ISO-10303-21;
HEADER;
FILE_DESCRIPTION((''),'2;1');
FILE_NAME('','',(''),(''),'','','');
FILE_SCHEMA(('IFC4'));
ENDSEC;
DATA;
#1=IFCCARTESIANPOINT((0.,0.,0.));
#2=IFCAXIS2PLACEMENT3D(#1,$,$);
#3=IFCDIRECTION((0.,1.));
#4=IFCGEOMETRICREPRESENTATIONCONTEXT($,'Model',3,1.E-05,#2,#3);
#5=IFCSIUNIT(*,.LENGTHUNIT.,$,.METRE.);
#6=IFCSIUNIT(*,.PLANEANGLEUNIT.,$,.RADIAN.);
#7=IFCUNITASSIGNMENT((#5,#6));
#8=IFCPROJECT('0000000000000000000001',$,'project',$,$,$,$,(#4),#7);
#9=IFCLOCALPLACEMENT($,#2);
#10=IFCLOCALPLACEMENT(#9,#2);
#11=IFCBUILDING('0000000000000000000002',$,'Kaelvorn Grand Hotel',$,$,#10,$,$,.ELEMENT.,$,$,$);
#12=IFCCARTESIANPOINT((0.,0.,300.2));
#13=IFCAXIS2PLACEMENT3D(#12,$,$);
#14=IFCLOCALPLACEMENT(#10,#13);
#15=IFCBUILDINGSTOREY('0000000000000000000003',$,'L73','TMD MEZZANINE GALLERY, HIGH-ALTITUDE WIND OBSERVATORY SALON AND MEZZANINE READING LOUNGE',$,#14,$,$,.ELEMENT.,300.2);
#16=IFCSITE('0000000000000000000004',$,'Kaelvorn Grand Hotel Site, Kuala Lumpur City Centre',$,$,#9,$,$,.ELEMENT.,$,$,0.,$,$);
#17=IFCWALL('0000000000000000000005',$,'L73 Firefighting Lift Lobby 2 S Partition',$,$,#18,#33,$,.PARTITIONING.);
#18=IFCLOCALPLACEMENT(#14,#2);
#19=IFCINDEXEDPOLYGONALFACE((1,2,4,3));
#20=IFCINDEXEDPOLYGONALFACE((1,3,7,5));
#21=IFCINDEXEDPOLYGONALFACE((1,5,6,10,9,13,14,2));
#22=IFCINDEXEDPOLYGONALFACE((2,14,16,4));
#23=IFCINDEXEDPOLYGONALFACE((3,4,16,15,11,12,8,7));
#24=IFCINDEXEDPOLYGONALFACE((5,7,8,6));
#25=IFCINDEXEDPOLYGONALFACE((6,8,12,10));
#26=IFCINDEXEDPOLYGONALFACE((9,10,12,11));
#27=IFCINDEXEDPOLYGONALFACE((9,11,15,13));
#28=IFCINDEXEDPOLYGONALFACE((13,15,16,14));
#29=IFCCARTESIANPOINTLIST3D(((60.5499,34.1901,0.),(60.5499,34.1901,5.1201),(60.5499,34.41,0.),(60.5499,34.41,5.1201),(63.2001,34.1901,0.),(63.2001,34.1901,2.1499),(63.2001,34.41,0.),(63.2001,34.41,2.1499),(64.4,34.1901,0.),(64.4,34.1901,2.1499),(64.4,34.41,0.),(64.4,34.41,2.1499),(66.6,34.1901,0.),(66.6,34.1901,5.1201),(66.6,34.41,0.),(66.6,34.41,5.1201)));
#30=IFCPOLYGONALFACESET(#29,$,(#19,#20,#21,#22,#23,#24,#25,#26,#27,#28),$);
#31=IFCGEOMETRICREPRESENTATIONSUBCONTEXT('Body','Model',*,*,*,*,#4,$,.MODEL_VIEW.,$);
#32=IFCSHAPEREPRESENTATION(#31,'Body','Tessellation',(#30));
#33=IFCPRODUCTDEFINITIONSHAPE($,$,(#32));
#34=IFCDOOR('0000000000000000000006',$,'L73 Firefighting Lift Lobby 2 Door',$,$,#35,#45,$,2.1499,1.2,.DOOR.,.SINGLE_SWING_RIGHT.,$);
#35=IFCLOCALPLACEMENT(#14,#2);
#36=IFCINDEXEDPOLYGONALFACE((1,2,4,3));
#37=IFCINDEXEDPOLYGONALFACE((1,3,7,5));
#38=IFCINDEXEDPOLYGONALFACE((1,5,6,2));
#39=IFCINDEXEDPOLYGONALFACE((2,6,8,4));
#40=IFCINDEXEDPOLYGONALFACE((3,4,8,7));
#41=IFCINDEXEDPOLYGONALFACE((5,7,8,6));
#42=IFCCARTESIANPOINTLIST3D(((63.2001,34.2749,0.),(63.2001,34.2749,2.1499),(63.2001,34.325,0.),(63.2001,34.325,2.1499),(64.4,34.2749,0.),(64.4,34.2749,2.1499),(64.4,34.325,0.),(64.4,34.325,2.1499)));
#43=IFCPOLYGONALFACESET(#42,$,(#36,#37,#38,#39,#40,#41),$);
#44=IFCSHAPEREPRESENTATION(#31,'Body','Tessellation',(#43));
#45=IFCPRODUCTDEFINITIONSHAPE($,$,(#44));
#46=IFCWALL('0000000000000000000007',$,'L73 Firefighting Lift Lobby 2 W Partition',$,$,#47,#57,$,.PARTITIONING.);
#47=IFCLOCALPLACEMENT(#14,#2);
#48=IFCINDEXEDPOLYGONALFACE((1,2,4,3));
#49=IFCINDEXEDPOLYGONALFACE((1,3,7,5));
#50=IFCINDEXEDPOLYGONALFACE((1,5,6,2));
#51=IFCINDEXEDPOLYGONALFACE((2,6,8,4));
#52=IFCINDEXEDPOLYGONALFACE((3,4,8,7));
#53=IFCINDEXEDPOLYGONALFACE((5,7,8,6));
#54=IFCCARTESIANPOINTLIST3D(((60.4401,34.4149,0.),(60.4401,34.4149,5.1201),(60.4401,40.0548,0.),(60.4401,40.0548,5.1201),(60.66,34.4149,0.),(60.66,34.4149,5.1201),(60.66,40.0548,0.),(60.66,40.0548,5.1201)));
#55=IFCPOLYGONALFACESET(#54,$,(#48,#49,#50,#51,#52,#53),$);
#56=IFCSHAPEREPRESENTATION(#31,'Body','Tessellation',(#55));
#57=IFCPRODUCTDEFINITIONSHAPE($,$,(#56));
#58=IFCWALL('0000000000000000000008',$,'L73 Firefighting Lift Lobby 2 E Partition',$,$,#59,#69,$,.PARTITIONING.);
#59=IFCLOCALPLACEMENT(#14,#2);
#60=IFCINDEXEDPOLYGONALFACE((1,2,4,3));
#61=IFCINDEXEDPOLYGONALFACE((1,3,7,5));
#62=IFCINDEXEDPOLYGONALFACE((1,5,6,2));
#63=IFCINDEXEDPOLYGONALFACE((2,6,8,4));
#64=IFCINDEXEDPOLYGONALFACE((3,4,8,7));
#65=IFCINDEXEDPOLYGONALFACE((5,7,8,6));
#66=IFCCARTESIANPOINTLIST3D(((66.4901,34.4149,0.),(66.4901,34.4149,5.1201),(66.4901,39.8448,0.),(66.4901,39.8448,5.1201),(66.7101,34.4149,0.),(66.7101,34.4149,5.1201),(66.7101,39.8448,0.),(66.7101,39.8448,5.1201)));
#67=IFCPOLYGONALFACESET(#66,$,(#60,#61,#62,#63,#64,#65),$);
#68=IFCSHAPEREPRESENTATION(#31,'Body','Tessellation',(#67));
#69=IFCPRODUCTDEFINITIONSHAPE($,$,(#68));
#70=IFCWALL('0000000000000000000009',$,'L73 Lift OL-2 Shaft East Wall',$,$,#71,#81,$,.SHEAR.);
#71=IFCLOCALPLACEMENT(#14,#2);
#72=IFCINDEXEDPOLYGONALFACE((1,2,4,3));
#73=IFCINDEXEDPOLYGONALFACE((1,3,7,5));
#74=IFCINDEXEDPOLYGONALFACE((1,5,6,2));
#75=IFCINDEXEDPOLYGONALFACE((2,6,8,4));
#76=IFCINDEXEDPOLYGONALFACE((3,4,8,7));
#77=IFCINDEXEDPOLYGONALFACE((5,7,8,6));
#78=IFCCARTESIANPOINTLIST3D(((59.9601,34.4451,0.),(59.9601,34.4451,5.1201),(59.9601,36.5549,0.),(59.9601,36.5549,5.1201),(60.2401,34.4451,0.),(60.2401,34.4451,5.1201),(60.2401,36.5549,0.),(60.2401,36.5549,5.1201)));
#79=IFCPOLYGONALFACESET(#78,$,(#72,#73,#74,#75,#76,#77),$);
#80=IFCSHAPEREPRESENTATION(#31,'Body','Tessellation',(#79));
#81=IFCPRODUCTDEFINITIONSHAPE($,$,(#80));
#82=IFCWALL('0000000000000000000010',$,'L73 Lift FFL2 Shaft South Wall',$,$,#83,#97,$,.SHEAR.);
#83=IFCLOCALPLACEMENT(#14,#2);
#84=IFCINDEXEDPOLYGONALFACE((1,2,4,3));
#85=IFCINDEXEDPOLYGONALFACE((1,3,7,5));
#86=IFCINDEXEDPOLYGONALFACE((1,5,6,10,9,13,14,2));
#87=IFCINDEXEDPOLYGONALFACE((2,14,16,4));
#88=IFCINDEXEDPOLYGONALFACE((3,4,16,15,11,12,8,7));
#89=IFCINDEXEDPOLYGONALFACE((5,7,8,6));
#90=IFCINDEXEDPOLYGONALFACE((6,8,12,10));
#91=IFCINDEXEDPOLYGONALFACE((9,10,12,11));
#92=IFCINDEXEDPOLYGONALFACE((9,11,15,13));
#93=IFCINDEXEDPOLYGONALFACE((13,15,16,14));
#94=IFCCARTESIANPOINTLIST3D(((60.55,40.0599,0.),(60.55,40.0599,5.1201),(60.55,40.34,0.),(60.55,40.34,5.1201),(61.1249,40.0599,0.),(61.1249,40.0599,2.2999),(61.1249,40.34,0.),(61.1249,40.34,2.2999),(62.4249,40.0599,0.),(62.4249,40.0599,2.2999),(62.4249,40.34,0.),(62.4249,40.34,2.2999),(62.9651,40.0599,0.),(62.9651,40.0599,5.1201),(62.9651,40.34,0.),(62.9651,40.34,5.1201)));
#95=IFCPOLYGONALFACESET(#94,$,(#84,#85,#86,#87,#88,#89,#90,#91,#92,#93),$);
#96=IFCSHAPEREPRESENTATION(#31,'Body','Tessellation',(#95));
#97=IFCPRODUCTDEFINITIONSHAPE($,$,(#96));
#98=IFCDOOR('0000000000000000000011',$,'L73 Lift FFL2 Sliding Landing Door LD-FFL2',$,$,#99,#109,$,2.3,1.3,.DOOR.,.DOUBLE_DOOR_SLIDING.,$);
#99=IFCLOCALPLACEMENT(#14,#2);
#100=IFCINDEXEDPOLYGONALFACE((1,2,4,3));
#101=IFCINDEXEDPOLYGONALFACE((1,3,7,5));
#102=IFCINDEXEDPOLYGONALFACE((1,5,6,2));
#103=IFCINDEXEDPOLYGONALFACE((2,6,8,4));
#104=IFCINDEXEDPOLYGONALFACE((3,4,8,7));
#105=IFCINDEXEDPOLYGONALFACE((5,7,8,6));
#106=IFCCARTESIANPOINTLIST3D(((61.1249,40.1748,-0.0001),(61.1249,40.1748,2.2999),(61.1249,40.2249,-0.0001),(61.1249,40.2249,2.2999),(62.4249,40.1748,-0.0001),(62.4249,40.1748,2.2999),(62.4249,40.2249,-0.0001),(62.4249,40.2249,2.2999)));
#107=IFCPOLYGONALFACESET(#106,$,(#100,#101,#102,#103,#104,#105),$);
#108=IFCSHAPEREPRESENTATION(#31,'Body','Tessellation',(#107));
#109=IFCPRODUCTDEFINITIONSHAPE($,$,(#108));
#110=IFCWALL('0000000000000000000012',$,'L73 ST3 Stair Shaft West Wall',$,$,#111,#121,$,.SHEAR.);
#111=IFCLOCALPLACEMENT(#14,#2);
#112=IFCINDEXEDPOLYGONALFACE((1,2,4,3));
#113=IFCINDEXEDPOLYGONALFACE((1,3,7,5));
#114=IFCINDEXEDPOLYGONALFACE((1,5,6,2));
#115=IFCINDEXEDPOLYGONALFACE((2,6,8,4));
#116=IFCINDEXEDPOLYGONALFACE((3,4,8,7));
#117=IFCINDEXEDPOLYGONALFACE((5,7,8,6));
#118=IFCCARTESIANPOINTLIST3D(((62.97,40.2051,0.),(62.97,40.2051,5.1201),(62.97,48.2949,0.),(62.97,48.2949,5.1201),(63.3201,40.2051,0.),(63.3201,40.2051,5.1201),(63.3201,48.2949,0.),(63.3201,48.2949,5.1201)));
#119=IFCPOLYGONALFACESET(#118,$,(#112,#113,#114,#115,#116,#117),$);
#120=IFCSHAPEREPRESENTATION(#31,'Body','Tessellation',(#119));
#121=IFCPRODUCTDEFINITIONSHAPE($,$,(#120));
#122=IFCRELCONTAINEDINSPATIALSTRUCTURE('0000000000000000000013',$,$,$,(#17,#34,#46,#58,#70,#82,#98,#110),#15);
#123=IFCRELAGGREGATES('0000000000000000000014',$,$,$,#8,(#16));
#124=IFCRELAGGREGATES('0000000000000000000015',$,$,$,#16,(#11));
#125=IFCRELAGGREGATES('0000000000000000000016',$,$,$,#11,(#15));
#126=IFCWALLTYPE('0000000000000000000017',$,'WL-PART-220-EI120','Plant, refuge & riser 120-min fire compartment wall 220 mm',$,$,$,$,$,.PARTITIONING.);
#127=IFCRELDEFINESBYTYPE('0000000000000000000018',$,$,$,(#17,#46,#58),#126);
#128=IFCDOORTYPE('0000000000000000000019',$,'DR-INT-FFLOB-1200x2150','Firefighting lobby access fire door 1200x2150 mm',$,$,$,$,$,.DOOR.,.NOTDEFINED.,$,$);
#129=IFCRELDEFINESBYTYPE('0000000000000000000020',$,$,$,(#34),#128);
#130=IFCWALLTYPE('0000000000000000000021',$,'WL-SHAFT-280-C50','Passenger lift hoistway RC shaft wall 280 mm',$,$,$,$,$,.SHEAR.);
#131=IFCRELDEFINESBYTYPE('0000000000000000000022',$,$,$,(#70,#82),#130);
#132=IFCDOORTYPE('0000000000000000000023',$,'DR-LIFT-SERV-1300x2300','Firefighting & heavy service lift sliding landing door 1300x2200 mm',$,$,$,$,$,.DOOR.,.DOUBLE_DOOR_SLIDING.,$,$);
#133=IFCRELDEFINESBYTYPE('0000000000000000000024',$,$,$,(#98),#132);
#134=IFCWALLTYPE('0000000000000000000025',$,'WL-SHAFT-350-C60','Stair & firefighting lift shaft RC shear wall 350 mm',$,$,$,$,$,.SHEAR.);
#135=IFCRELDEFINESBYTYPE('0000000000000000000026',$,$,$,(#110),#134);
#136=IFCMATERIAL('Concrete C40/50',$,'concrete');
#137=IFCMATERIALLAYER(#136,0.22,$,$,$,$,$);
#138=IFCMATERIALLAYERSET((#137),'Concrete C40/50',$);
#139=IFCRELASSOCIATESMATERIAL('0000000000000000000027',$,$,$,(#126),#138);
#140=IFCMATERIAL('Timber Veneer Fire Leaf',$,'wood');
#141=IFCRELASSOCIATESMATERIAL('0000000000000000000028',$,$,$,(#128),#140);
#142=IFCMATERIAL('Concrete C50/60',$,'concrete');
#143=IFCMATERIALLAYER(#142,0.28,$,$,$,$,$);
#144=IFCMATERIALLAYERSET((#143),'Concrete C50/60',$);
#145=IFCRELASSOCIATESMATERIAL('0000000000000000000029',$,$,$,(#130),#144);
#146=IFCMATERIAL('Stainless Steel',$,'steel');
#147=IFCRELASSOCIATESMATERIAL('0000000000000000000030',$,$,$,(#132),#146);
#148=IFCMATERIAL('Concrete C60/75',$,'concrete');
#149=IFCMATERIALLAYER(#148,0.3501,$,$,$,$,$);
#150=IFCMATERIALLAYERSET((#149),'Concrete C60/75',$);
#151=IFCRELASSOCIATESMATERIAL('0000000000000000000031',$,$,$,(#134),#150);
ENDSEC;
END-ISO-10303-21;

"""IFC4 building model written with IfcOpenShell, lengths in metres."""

from ifc_helpers import new_model, si_unit, direction, frame, frame_2d, origin, place, context, subcontext, project, spatial, rectangle, extrude, material, layer, layer_set, type_object, element, fill, save


model = new_model("IFC4")

# Units and contexts
model_context = context("Model", 3, precision=1e-05, world=origin(), true_north=direction((0.0, 1.0)))
body_context = subcontext(model_context, "Body", "Model", "MODEL_VIEW")
ifc_project = project(units=[si_unit("LENGTHUNIT", "METRE"), si_unit("PLANEANGLEUNIT", "RADIAN")], contexts=[model_context])

# Site, building, storey
site_placement = place(None, origin())
site = spatial("IfcSite", under=ifc_project, at=site_placement, Name="Kaelvorn Grand Hotel Site, Kuala Lumpur City Centre", CompositionType="ELEMENT", RefElevation=0.0)
building_placement = place(site_placement, origin())
building = spatial("IfcBuilding", under=site, at=building_placement, Name="Kaelvorn Grand Hotel", CompositionType="ELEMENT")
storey_placement = place(building_placement, frame((0.0, 0.0, 300.2)))
storey = spatial("IfcBuildingStorey", under=building, at=storey_placement, Name="L73", Description="TMD MEZZANINE GALLERY, HIGH-ALTITUDE WIND OBSERVATORY SALON AND MEZZANINE READING LOUNGE", CompositionType="ELEMENT", Elevation=300.2)

# Shared definitions
ifc_material_1 = material(Name="Concrete C50/60", Category="concrete")

# Wall, opening, door
ifc_material_2 = material(Name="Timber Veneer Fire Leaf", Category="wood")
ifc_material_3 = material(Name="Concrete C40/50", Category="concrete")
ifc_layer_1 = layer(ifc_material_3, 0.22)
ifc_layer_set_1 = layer_set([ifc_layer_1], Name="Concrete C40/50")
wall_type_1 = type_object("IfcWallType", Name="WL-PART-220-EI120", Description="Plant, refuge & riser 120-min fire compartment wall 220 mm", PredefinedType="PARTITIONING", material=ifc_layer_set_1)
wall_1_placement = place(storey_placement, frame((60.55, 34.3, 0.0), z_axis=(0.0, 0.0, 1.0), x_axis=(1.0, 0.0, 0.0)))
wall_1 = element("IfcWall", 1, at=wall_1_placement, inside=storey, type_object=wall_type_1, Name="L73 Firefighting Lift Lobby 2 S Partition", PredefinedType="PARTITIONING", context=body_context, shape_type="SweptSolid", body=[
    extrude(rectangle(XDim=6.05, YDim=0.22, at=frame_2d((3.0249, 0.0))), origin(), (0.0, 0.0, 1.0), 5.1201),
])
opening_1_placement = place(wall_1_placement, frame((2.6499, 0.0, 0.0)))
opening_1 = element("IfcOpeningElement", 2, at=opening_1_placement, cuts=wall_1, PredefinedType="OPENING", context=body_context, shape_type="SweptSolid", body=[
    extrude(rectangle(XDim=1.2, YDim=2.1499, at=frame_2d((0.6001, 1.075))), frame((0.0, 0.1201, 0.0), z_axis=(0.0, -1.0, 0.0), x_axis=(1.0, 0.0, 0.0)), (0.0, 0.0, 1.0), 0.24),
])
door_type_1 = type_object("IfcDoorType", Name="DR-INT-FFLOB-1200x2150", Description="Firefighting lobby access fire door 1200x2150 mm", OperationType="NOTDEFINED", PredefinedType="DOOR", material=ifc_material_2)
door_1_placement = place(opening_1_placement, origin())
door_1 = element("IfcDoor", 3, at=door_1_placement, inside=storey, type_object=door_type_1, Name="L73 Firefighting Lift Lobby 2 Door", OperationType="SINGLE_SWING_RIGHT", OverallHeight=2.1499, OverallWidth=1.2, PredefinedType="DOOR", context=body_context, shape_type="SweptSolid", body=[
    extrude(rectangle(XDim=1.2, YDim=2.1499, at=frame_2d((0.6001, 1.075))), frame((0.0, 0.0249, 0.0), z_axis=(0.0, -1.0, 0.0), x_axis=(1.0, 0.0, 0.0)), (0.0, 0.0, 1.0), 0.05),
])
fill(opening_1, door_1)

# Walls
wall_2_placement = place(storey_placement, frame((60.55, 34.415, 0.0), z_axis=(0.0, 0.0, 1.0), x_axis=(0.0, 1.0, 0.0)))
element("IfcWall", 4, at=wall_2_placement, inside=storey, type_object=wall_type_1, Name="L73 Firefighting Lift Lobby 2 W Partition", PredefinedType="PARTITIONING", context=body_context, shape_type="SweptSolid", body=[
    extrude(rectangle(XDim=5.6399, YDim=0.22, at=frame_2d((2.8198, 0.0))), origin(), (0.0, 0.0, 1.0), 5.1201),
])
wall_3_placement = place(storey_placement, frame((66.6001, 34.415, 0.0), z_axis=(0.0, 0.0, 1.0), x_axis=(0.0, 1.0, 0.0)))
element("IfcWall", 5, at=wall_3_placement, inside=storey, type_object=wall_type_1, Name="L73 Firefighting Lift Lobby 2 E Partition", PredefinedType="PARTITIONING", context=body_context, shape_type="SweptSolid", body=[
    extrude(rectangle(XDim=5.4299, YDim=0.22, at=frame_2d((2.7148, 0.0))), origin(), (0.0, 0.0, 1.0), 5.1201),
])
ifc_layer_2 = layer(ifc_material_1, 0.28)
ifc_layer_set_2 = layer_set([ifc_layer_2], Name="Concrete C50/60")
wall_type_2 = type_object("IfcWallType", Name="WL-SHAFT-280-C50", Description="Passenger lift hoistway RC shaft wall 280 mm", PredefinedType="SHEAR", material=ifc_layer_set_2)
wall_4_placement = place(storey_placement, frame((60.1001, 34.4451, 0.0), z_axis=(0.0, 0.0, 1.0), x_axis=(0.0, 1.0, 0.0)))
element("IfcWall", 6, at=wall_4_placement, inside=storey, type_object=wall_type_2, Name="L73 Lift OL-2 Shaft East Wall", PredefinedType="SHEAR", context=body_context, shape_type="SweptSolid", body=[
    extrude(rectangle(XDim=2.1099, YDim=0.28, at=frame_2d((1.0549, 0.0))), origin(), (0.0, 0.0, 1.0), 5.1201),
])

# Wall, opening, door
wall_5_placement = place(storey_placement, frame((60.55, 40.2, 0.0), z_axis=(0.0, 0.0, 1.0), x_axis=(1.0, 0.0, 0.0)))
wall_5 = element("IfcWall", 7, at=wall_5_placement, inside=storey, type_object=wall_type_2, Name="L73 Lift FFL2 Shaft South Wall", PredefinedType="SHEAR", context=body_context, shape_type="SweptSolid", body=[
    extrude(rectangle(XDim=2.415, YDim=0.28, at=frame_2d((1.2075, 0.0))), origin(), (0.0, 0.0, 1.0), 5.1201),
])
opening_2_placement = place(wall_5_placement, frame((0.575, 0.0, 0.0)))
opening_2 = element("IfcOpeningElement", 8, at=opening_2_placement, cuts=wall_5, PredefinedType="OPENING", context=body_context, shape_type="SweptSolid", body=[
    extrude(rectangle(XDim=1.3, YDim=2.3, at=frame_2d((0.6499, 1.1499))), frame((0.0, 0.1499, 0.0), z_axis=(0.0, -1.0, 0.0), x_axis=(1.0, 0.0, 0.0)), (0.0, 0.0, 1.0), 0.3),
])
ifc_material_4 = material(Name="Stainless Steel", Category="steel")
door_type_2 = type_object("IfcDoorType", Name="DR-LIFT-SERV-1300x2300", Description="Firefighting & heavy service lift sliding landing door 1300x2200 mm", OperationType="DOUBLE_DOOR_SLIDING", PredefinedType="DOOR", material=ifc_material_4)
door_2_placement = place(opening_2_placement, origin())
door_2 = element("IfcDoor", 9, at=door_2_placement, inside=storey, type_object=door_type_2, Name="L73 Lift FFL2 Sliding Landing Door LD-FFL2", OperationType="DOUBLE_DOOR_SLIDING", OverallHeight=2.3, OverallWidth=1.3, PredefinedType="DOOR", context=body_context, shape_type="SweptSolid", body=[
    extrude(rectangle(XDim=1.3, YDim=2.3, at=frame_2d((0.6499, 1.1499))), frame((0.0, 0.0249, 0.0), z_axis=(0.0, -1.0, 0.0), x_axis=(1.0, 0.0, 0.0)), (0.0, 0.0, 1.0), 0.05),
])
fill(opening_2, door_2)
ifc_material_5 = material(Name="Concrete C60/75", Category="concrete")
ifc_layer_3 = layer(ifc_material_5, 0.3501)
ifc_layer_set_3 = layer_set([ifc_layer_3], Name="Concrete C60/75")
wall_type_3 = type_object("IfcWallType", Name="WL-SHAFT-350-C60", Description="Stair & firefighting lift shaft RC shear wall 350 mm", PredefinedType="SHEAR", material=ifc_layer_set_3)

# Wall
wall_6_placement = place(storey_placement, frame((63.145, 40.2051, 0.0), z_axis=(0.0, 0.0, 1.0), x_axis=(0.0, 1.0, 0.0)))
element("IfcWall", 10, at=wall_6_placement, inside=storey, type_object=wall_type_3, Name="L73 ST3 Stair Shaft West Wall", PredefinedType="SHEAR", context=body_context, shape_type="SweptSolid", body=[
    extrude(rectangle(XDim=8.0898, YDim=0.3501, at=frame_2d((4.0449, 0.0))), origin(), (0.0, 0.0, 1.0), 5.1201),
])

save(model, "model.ifc")
